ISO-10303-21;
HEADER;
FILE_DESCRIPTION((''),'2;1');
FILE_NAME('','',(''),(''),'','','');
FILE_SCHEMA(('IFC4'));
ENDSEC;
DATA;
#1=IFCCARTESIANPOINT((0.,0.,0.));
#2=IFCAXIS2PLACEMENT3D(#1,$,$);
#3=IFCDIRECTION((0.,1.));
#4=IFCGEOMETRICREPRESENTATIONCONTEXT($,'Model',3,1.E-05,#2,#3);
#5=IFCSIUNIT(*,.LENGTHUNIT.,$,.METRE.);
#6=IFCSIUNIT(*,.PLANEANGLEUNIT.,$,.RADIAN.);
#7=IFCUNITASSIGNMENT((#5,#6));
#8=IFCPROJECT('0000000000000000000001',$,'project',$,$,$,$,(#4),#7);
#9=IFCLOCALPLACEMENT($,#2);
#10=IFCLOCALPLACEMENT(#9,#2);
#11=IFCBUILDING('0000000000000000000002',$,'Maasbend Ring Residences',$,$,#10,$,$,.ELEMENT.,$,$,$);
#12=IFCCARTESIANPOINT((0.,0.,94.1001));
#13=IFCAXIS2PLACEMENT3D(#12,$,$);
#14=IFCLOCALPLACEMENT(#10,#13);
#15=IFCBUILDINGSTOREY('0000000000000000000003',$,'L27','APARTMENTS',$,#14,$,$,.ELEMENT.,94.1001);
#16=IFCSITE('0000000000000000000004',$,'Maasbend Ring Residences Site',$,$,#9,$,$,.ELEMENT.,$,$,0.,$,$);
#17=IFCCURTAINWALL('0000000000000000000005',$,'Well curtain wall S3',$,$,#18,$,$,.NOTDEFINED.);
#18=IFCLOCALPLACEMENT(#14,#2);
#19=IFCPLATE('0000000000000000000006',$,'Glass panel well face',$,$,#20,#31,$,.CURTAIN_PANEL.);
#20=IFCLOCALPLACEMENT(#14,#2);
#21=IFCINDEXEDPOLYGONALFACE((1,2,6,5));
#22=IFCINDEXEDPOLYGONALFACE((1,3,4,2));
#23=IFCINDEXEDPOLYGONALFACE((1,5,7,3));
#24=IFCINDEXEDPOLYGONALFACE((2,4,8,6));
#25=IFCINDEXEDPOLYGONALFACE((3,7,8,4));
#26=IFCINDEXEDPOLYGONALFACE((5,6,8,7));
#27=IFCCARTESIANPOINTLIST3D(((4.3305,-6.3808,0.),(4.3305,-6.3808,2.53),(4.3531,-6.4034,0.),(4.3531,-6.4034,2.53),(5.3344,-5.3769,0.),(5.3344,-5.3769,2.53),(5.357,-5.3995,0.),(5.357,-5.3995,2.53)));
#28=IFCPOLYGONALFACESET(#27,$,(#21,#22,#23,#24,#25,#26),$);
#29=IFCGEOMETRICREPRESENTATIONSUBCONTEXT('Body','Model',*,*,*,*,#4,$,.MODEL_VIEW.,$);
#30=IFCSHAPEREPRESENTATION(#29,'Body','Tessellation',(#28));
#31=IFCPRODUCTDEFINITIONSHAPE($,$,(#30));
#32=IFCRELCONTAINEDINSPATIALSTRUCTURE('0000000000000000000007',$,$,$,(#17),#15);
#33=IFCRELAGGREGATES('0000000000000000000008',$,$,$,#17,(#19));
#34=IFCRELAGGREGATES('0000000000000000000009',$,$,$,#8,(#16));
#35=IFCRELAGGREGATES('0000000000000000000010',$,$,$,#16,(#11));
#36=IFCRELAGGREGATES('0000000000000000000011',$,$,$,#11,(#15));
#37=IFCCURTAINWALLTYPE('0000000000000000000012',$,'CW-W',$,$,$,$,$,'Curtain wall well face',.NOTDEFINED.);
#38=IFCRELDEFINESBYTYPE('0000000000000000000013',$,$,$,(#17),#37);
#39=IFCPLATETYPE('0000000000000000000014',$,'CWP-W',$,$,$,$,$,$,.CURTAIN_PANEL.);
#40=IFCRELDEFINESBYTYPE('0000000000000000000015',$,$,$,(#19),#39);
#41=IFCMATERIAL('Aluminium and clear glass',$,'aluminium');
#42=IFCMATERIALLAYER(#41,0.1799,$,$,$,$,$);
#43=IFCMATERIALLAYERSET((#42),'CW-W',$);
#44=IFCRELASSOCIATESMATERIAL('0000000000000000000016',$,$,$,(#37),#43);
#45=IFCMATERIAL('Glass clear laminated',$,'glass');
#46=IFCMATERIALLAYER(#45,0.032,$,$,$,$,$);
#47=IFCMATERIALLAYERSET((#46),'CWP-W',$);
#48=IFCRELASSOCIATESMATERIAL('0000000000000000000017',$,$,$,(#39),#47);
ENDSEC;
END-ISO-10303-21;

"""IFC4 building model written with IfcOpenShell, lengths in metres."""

from ifc_helpers import new_model, si_unit, direction, frame, origin, origin_2d, place, context, subcontext, project, spatial, rectangle, extrude, material, layer, layer_set, type_object, element, aggregate, save


model = new_model("IFC4")

# Units and contexts
model_context = context("Model", 3, precision=1e-05, world=origin(), true_north=direction((0.0, 1.0)))
body_context = subcontext(model_context, "Body", "Model", "MODEL_VIEW")
ifc_project = project(units=[si_unit("LENGTHUNIT", "METRE"), si_unit("PLANEANGLEUNIT", "RADIAN")], contexts=[model_context])

# Site, building, storey
site_placement = place(None, origin())
site = spatial("IfcSite", under=ifc_project, at=site_placement, Name="Maasbend Ring Residences Site", CompositionType="ELEMENT", RefElevation=0.0)
building_placement = place(site_placement, origin())
building = spatial("IfcBuilding", under=site, at=building_placement, Name="Maasbend Ring Residences", CompositionType="ELEMENT")
storey_placement = place(building_placement, frame((0.0, 0.0, 94.1001)))
storey = spatial("IfcBuildingStorey", under=building, at=storey_placement, Name="L27", Description="APARTMENTS", CompositionType="ELEMENT", Elevation=94.1001)

# Shared definitions
ifc_material_1 = material(Name="Aluminium and clear glass", Category="aluminium")
ifc_layer_1 = layer(ifc_material_1, 0.1799)
ifc_layer_set_1 = layer_set([ifc_layer_1], Name="CW-W")
curtain_wall_type = type_object("IfcCurtainWallType", Name="CW-W", ElementType="Curtain wall well face", PredefinedType="NOTDEFINED", material=ifc_layer_set_1)

# Curtain wall
curtain_wall_1_placement = place(storey_placement, origin())
curtain_wall_1 = element("IfcCurtainWall", 1, at=curtain_wall_1_placement, inside=storey, type_object=curtain_wall_type, Name="Well curtain wall S3", PredefinedType="NOTDEFINED")

# Plate
ifc_material_2 = material(Name="Glass clear laminated", Category="glass")
ifc_layer_2 = layer(ifc_material_2, 0.032)
ifc_layer_set_2 = layer_set([ifc_layer_2], Name="CWP-W")
plate_type = type_object("IfcPlateType", Name="CWP-W", PredefinedType="CURTAIN_PANEL", material=ifc_layer_set_2)
plate_1_placement = place(storey_placement, frame((4.8438, -5.8901, 0.0), z_axis=(0.0, 0.0, 1.0), x_axis=(0.707107, 0.707107, 0.0)))
plate_1 = element("IfcPlate", 2, at=plate_1_placement, type_object=plate_type, Name="Glass panel well face", PredefinedType="CURTAIN_PANEL", context=body_context, shape_type="SweptSolid", body=[
    extrude(rectangle(XDim=1.4197, YDim=0.032, at=origin_2d()), origin(), (0.0, 0.0, 1.0), 2.53),
])
aggregate(curtain_wall_1, [plate_1])

save(model, "model.ifc")
